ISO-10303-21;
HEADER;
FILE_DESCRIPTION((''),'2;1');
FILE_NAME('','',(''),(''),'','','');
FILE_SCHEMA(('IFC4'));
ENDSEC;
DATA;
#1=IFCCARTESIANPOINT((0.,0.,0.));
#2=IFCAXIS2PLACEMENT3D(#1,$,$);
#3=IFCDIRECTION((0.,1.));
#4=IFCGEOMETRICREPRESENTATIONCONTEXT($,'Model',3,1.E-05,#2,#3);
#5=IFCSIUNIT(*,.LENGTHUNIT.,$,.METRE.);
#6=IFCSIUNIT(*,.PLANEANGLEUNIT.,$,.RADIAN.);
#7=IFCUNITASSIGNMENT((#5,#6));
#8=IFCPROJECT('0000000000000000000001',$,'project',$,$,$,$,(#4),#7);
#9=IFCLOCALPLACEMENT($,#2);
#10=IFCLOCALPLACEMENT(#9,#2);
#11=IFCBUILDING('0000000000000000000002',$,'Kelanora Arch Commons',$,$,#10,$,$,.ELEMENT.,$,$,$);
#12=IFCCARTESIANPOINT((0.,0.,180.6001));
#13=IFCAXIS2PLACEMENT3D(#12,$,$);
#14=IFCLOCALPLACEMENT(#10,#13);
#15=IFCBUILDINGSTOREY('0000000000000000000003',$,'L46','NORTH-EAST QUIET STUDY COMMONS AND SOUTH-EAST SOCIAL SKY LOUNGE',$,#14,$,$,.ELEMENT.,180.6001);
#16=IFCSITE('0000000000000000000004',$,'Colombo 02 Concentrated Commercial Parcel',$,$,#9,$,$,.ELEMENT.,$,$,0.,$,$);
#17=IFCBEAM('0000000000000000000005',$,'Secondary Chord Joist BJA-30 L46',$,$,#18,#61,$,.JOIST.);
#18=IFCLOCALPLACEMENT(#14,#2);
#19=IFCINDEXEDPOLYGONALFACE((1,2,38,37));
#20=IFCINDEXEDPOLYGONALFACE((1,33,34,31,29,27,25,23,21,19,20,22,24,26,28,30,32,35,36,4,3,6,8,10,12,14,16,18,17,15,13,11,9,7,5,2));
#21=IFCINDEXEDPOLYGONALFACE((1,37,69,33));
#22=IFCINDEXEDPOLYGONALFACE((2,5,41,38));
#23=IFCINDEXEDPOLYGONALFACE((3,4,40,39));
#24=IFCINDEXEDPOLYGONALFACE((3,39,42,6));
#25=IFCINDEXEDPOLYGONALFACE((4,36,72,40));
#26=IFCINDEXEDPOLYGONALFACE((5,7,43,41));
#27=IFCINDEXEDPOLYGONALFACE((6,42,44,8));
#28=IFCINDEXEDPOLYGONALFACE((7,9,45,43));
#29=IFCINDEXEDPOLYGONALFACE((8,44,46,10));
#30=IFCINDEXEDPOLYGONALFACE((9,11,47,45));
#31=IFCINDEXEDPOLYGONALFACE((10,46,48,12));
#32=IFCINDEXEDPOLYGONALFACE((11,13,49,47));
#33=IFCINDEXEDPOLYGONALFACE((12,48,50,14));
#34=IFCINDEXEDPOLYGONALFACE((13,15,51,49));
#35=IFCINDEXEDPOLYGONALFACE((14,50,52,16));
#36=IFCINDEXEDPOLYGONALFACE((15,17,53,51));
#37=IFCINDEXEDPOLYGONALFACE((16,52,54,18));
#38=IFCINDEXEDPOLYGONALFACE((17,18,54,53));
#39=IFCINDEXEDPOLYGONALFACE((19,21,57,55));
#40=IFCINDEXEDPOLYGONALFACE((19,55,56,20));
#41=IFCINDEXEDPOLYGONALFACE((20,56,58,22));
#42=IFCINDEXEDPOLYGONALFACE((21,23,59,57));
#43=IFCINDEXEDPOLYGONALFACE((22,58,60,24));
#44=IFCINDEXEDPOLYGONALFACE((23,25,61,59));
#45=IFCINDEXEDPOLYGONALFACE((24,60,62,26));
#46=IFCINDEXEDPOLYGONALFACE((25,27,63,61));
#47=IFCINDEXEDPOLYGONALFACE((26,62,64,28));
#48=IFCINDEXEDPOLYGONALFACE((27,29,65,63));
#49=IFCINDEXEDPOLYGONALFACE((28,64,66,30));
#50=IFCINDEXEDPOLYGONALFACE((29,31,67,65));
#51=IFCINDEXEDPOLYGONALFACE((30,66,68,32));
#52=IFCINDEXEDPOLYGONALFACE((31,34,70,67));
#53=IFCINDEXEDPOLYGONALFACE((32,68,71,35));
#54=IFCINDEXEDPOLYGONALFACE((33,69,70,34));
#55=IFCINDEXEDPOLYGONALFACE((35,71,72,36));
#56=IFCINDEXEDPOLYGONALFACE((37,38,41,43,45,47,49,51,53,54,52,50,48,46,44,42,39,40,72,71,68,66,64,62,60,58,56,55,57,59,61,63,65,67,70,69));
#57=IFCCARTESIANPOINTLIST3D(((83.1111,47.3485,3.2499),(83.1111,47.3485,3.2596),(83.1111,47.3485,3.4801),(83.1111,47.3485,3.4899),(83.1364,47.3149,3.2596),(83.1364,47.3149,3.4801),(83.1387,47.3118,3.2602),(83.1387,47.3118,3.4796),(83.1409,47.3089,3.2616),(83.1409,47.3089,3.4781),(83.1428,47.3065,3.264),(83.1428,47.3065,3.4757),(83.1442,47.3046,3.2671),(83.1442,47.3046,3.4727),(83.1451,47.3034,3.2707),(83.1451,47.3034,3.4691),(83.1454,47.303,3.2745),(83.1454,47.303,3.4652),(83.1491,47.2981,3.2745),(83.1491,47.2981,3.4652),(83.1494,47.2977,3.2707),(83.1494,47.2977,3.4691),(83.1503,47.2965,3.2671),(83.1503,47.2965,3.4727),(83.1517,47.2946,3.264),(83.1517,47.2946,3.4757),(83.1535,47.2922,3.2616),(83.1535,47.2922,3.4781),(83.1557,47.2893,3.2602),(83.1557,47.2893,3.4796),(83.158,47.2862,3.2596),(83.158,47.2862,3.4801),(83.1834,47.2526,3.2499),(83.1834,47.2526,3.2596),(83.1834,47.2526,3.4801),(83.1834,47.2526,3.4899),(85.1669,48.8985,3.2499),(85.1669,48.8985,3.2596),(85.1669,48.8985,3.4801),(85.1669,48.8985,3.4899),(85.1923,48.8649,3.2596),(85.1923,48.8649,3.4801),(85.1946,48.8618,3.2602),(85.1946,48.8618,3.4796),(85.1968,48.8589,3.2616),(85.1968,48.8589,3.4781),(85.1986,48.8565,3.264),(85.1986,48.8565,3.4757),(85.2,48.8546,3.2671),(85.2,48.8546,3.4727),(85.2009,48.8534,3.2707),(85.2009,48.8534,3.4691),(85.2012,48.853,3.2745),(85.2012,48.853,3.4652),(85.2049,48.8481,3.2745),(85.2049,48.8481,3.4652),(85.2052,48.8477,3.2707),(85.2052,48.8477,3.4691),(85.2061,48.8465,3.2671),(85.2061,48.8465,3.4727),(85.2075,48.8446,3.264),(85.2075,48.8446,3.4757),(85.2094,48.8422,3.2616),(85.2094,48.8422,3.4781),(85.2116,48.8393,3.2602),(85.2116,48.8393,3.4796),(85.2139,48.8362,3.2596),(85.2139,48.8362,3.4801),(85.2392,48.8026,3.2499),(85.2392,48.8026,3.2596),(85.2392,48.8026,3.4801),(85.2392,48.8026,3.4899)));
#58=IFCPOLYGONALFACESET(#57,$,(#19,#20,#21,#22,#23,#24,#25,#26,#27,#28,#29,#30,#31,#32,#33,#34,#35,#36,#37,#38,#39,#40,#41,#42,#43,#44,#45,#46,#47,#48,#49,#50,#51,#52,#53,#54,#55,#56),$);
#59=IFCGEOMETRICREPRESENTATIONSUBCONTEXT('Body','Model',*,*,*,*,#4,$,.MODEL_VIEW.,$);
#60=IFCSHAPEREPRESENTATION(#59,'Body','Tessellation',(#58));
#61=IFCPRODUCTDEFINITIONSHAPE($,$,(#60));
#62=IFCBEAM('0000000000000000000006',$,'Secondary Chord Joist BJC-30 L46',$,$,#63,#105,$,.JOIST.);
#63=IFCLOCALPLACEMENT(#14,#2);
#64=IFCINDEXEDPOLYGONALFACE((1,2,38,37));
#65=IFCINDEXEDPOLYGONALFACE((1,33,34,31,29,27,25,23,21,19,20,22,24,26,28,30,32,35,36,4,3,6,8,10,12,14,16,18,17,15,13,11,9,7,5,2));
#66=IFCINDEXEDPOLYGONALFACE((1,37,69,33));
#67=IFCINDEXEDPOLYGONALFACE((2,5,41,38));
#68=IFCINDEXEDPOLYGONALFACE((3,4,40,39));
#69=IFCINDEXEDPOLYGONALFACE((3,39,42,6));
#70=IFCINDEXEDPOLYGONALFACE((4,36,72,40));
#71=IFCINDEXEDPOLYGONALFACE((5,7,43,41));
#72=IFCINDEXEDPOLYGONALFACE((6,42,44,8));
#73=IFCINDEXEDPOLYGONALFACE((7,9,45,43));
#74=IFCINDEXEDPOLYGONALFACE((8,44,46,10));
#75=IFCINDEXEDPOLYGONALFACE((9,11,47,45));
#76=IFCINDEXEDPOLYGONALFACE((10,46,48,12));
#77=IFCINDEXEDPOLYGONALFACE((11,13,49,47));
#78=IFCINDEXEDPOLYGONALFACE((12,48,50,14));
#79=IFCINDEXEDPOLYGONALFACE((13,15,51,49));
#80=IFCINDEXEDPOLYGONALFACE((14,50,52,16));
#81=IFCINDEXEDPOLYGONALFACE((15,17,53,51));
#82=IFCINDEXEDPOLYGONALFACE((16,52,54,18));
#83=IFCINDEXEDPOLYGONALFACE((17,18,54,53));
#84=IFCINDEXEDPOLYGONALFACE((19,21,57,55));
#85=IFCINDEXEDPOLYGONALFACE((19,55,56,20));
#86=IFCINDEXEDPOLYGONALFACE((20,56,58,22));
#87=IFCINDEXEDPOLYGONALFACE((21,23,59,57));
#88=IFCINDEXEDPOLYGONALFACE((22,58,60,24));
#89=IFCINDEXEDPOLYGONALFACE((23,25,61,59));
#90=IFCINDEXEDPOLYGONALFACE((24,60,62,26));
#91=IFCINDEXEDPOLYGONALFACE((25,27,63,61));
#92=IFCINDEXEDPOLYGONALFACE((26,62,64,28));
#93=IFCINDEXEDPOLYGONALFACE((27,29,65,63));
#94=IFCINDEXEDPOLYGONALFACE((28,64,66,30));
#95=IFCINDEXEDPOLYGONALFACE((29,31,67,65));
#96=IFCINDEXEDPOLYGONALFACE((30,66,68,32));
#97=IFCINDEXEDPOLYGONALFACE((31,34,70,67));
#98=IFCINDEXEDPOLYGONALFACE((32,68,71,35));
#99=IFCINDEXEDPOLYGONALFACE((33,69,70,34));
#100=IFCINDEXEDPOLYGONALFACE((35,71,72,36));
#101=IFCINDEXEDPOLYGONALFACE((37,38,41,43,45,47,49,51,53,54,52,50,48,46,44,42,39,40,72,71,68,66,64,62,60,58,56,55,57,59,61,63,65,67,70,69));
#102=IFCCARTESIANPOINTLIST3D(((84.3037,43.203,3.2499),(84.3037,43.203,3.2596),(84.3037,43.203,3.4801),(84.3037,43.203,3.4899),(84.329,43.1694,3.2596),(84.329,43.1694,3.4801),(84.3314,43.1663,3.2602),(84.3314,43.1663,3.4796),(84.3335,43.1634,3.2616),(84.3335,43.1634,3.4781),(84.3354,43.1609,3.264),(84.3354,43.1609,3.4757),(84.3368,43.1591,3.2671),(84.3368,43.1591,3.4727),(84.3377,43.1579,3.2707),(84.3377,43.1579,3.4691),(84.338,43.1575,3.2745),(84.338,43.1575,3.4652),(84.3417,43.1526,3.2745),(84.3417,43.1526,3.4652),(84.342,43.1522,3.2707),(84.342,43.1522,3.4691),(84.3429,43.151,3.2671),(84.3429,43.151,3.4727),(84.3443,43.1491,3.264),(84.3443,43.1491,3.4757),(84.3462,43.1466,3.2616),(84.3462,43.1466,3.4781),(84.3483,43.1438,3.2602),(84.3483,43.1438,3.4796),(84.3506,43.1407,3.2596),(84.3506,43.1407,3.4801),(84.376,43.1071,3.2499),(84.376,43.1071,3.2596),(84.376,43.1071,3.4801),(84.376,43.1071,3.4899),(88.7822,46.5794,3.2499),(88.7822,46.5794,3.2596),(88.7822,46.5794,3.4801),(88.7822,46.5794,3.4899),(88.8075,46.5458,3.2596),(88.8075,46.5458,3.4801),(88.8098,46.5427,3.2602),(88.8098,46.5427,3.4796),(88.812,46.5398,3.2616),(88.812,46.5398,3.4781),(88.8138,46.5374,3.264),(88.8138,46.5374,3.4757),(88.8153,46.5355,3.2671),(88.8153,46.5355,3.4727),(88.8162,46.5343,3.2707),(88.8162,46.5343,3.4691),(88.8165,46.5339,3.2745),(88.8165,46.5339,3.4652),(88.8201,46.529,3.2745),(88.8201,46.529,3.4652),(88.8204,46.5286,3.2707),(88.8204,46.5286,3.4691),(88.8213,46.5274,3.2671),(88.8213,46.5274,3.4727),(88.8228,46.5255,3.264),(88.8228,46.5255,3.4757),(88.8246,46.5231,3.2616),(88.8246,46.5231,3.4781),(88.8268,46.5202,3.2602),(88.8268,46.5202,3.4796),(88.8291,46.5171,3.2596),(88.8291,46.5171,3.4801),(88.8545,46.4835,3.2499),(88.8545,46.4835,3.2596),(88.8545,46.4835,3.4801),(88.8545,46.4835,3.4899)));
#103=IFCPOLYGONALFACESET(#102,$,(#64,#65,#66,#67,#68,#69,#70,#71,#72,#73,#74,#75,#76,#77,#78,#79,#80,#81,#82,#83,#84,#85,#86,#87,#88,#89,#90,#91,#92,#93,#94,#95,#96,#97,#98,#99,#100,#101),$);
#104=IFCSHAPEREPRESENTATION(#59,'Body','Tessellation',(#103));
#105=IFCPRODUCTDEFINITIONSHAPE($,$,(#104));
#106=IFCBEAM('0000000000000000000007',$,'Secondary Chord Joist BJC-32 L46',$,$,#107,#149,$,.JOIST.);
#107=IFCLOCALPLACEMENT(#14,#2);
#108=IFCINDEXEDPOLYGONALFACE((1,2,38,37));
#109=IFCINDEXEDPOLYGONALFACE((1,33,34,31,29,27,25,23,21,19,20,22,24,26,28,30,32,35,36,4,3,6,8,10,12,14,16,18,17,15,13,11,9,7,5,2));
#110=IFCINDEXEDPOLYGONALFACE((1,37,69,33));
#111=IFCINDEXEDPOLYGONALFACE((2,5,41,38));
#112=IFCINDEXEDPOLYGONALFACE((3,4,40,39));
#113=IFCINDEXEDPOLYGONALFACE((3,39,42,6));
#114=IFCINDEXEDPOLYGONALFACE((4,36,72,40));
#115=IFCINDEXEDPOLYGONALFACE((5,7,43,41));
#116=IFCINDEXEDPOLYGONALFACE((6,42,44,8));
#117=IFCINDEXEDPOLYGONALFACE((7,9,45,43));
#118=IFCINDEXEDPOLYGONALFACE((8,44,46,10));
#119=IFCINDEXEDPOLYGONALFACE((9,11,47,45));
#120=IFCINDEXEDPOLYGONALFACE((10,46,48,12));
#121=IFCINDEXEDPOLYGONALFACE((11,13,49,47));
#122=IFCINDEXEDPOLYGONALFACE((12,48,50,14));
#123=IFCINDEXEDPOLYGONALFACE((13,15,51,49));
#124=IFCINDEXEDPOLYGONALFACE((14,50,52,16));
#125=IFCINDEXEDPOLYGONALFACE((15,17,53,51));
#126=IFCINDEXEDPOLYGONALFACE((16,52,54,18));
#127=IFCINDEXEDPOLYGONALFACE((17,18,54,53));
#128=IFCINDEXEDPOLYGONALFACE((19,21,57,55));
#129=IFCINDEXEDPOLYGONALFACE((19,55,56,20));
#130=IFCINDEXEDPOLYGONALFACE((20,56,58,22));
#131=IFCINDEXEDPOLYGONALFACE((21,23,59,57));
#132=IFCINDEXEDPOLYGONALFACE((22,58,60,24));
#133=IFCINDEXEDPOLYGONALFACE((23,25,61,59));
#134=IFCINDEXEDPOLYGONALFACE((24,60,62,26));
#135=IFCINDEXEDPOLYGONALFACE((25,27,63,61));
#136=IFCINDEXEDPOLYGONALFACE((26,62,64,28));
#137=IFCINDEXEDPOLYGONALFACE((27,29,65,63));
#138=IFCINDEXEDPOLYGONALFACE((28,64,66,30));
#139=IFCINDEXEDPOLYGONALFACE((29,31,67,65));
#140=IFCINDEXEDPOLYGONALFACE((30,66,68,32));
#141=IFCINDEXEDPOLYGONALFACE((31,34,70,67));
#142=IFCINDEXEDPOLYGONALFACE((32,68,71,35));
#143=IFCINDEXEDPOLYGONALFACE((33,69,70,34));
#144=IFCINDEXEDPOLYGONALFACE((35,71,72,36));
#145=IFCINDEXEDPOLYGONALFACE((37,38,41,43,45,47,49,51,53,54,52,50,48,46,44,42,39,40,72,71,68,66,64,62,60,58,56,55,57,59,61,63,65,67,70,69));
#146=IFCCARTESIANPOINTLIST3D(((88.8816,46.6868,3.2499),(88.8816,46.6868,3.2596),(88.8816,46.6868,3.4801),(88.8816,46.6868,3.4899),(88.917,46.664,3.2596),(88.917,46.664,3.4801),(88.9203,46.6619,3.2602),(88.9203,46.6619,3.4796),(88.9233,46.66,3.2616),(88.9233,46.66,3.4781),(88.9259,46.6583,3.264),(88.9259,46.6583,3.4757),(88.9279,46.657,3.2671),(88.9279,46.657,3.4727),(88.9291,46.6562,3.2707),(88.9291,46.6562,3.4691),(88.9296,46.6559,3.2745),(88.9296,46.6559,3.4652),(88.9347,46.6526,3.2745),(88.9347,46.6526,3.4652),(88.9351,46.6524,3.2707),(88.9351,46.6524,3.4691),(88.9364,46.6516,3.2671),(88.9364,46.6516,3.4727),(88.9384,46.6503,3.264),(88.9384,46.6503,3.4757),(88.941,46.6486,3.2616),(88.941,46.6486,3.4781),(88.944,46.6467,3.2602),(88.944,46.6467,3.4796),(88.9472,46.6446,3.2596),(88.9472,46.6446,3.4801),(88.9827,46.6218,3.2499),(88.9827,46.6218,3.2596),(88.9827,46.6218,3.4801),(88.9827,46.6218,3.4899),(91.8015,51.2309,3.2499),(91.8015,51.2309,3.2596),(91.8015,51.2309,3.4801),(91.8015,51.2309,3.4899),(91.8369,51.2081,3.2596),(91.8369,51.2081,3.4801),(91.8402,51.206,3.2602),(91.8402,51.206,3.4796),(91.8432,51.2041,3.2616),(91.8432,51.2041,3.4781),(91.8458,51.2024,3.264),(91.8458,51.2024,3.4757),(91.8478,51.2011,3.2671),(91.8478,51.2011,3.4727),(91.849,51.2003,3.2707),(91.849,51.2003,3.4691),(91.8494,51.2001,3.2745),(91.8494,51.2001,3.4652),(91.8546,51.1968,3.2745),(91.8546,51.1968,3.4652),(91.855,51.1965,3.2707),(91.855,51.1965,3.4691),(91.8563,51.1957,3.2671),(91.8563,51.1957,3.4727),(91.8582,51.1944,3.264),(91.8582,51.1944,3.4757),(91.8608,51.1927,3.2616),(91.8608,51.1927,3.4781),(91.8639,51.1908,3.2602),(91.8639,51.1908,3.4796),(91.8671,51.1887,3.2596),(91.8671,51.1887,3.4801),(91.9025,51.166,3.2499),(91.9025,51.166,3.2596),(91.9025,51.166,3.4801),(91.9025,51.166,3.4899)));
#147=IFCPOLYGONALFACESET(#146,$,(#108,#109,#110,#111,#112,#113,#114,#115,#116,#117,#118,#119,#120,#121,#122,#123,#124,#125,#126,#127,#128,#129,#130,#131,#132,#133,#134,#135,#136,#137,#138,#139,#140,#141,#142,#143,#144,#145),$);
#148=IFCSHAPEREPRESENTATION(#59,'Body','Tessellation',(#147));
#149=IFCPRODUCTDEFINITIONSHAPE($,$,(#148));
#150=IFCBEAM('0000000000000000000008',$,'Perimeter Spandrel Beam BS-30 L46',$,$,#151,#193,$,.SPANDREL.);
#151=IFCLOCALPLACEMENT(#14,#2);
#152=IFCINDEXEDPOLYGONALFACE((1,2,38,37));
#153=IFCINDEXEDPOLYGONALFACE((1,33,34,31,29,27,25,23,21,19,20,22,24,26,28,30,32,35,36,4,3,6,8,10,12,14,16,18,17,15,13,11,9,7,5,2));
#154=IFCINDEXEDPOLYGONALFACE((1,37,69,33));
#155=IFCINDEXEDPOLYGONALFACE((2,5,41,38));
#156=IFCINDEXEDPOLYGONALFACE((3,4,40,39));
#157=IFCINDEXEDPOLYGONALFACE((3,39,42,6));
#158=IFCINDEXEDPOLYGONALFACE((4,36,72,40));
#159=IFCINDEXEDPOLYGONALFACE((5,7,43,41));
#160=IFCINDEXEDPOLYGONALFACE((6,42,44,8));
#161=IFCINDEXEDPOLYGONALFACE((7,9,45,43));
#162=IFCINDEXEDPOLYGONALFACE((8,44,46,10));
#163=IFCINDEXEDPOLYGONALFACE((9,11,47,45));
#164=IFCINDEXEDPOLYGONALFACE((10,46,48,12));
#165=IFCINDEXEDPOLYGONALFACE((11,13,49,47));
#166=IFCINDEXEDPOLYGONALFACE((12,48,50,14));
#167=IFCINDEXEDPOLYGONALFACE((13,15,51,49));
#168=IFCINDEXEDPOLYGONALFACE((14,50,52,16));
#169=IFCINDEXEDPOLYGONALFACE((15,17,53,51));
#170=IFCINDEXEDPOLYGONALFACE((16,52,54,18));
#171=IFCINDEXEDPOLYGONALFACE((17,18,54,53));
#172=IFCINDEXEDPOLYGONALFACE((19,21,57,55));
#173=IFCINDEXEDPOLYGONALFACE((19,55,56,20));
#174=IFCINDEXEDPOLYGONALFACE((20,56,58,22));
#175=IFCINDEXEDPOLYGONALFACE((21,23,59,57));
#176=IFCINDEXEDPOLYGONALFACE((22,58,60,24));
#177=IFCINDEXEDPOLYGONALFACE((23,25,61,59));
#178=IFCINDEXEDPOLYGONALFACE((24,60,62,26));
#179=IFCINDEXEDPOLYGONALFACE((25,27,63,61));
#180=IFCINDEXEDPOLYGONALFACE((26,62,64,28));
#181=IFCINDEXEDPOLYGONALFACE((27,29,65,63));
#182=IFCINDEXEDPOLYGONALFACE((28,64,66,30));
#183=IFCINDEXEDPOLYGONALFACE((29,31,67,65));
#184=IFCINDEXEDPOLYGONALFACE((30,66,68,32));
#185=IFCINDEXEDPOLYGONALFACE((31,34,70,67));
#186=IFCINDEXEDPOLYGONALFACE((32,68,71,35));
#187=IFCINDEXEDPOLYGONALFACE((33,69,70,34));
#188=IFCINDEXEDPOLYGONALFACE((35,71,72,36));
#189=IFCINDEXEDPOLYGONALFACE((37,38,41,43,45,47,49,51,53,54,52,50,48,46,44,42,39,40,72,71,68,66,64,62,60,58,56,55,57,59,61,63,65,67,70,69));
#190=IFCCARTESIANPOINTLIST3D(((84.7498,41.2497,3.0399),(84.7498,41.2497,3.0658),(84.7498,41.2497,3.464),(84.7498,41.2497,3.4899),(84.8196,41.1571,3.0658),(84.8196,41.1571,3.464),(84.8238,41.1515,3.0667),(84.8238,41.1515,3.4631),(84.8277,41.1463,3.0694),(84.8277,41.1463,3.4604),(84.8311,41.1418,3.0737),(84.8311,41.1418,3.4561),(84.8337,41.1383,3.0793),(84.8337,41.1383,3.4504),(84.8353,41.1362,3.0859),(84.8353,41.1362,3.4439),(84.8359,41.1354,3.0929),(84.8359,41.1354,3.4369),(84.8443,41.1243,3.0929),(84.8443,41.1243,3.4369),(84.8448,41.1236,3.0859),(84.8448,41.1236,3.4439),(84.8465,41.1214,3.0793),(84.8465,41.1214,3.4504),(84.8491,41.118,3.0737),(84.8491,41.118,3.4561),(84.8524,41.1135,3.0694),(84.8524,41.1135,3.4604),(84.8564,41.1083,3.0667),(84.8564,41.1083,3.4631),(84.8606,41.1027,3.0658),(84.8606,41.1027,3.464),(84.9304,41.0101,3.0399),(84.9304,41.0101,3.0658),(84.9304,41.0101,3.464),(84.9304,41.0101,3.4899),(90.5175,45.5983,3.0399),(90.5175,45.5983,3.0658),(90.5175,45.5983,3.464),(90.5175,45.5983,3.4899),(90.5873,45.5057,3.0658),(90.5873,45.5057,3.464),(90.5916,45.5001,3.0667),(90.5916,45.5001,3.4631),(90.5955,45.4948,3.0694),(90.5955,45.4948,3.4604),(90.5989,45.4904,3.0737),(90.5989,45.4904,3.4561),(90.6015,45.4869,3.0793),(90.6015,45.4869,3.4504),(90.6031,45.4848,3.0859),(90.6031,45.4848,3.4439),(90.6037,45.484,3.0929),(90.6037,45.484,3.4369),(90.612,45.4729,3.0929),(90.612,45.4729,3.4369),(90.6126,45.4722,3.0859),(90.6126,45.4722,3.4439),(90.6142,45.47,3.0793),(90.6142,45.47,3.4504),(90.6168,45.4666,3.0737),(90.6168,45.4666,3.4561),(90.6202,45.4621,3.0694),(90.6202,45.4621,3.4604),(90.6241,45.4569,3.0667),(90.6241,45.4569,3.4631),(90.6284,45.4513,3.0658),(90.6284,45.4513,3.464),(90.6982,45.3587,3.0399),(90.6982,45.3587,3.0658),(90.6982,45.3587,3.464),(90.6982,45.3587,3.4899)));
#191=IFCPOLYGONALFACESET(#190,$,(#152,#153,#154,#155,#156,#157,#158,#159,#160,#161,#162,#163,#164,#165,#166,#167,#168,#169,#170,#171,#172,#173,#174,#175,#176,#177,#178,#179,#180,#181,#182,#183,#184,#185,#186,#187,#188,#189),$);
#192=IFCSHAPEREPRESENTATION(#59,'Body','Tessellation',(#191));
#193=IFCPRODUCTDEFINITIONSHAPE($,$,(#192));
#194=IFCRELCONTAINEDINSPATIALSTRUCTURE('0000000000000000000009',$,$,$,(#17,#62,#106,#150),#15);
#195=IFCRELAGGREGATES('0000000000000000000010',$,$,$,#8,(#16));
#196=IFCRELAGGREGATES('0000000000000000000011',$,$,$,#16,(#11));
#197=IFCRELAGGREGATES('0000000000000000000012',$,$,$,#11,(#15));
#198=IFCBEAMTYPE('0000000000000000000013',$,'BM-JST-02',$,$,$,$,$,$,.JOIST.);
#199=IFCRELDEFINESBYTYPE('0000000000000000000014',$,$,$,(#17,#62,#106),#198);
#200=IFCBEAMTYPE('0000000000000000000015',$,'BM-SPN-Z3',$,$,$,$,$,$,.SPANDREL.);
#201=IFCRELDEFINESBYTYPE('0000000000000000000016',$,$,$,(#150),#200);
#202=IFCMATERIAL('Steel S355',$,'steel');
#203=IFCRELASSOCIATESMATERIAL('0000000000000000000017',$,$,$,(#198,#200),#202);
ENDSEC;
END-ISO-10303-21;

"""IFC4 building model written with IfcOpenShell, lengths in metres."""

from ifc_helpers import new_model, si_unit, direction, frame, origin, origin_2d, place, context, subcontext, project, spatial, i_section, extrude, material, material_profile, profile_set, type_object, element, save


model = new_model("IFC4")

# Units and contexts
model_context = context("Model", 3, precision=1e-05, world=origin(), true_north=direction((0.0, 1.0)))
body_context = subcontext(model_context, "Body", "Model", "MODEL_VIEW")
ifc_project = project(units=[si_unit("LENGTHUNIT", "METRE"), si_unit("PLANEANGLEUNIT", "RADIAN")], contexts=[model_context])

# Site, building, storey
site_placement = place(None, origin())
site = spatial("IfcSite", under=ifc_project, at=site_placement, Name="Colombo 02 Concentrated Commercial Parcel", CompositionType="ELEMENT", RefElevation=0.0)
building_placement = place(site_placement, origin())
building = spatial("IfcBuilding", under=site, at=building_placement, Name="Kelanora Arch Commons", CompositionType="ELEMENT")
storey_placement = place(building_placement, frame((0.0, 0.0, 180.6001)))
storey = spatial("IfcBuildingStorey", under=building, at=storey_placement, Name="L46", Description="NORTH-EAST QUIET STUDY COMMONS AND SOUTH-EAST SOCIAL SKY LOUNGE", CompositionType="ELEMENT", Elevation=180.6001)

# Beams
ifc_material_1 = material(Name="Steel S355", Category="steel")
ifc_material_profile_1 = material_profile(ifc_material_1, i_section(OverallWidth=0.1201, OverallDepth=0.24, WebThickness=0.0061, FlangeThickness=0.0098, FilletRadius=0.0149, at=origin_2d()), Name="IPE240")
ifc_profile_set_1 = profile_set([ifc_material_profile_1], Name="Steel S355")
beam_type_1 = type_object("IfcBeamType", Name="BM-JST-02", PredefinedType="JOIST", material=ifc_profile_set_1)
beam_1_placement = place(storey_placement, frame((83.1472, 47.3005, 3.3699), z_axis=(0.798484, 0.602016, 0.0), x_axis=(-0.602016, 0.798484, 0.0)))
element("IfcBeam", 1, at=beam_1_placement, inside=storey, type_object=beam_type_1, Name="Secondary Chord Joist BJA-30 L46", PredefinedType="JOIST", context=body_context, shape_type="SweptSolid", body=[
    extrude(i_section(OverallWidth=0.1201, OverallDepth=0.24, WebThickness=0.0061, FlangeThickness=0.0098, FilletRadius=0.0149, at=origin_2d()), origin(), (0.0, 0.0, 1.0), 2.5747),
])
beam_2_placement = place(storey_placement, frame((84.3398, 43.155, 3.3699), z_axis=(0.798493, 0.602004, 0.0), x_axis=(-0.602004, 0.798493, 0.0)))
element("IfcBeam", 2, at=beam_2_placement, inside=storey, type_object=beam_type_1, Name="Secondary Chord Joist BJC-30 L46", PredefinedType="JOIST", context=body_context, shape_type="SweptSolid", body=[
    extrude(i_section(OverallWidth=0.1201, OverallDepth=0.24, WebThickness=0.0061, FlangeThickness=0.0098, FilletRadius=0.0149, at=origin_2d()), origin(), (0.0, 0.0, 1.0), 5.6086),
])
beam_3_placement = place(storey_placement, frame((88.9321, 46.6543, 3.3699), z_axis=(0.540582, 0.841292, 0.0), x_axis=(-0.841292, 0.540582, 0.0)))
element("IfcBeam", 3, at=beam_3_placement, inside=storey, type_object=beam_type_1, Name="Secondary Chord Joist BJC-32 L46", PredefinedType="JOIST", context=body_context, shape_type="SweptSolid", body=[
    extrude(i_section(OverallWidth=0.1201, OverallDepth=0.24, WebThickness=0.0061, FlangeThickness=0.0098, FilletRadius=0.0149, at=origin_2d()), origin(), (0.0, 0.0, 1.0), 5.4014),
])
ifc_material_profile_2 = material_profile(ifc_material_1, i_section(OverallWidth=0.3, OverallDepth=0.45, WebThickness=0.0139, FlangeThickness=0.0259, FilletRadius=0.0271, at=origin_2d()), Name="HEB450")
ifc_profile_set_2 = profile_set([ifc_material_profile_2], Name="Steel S355")
beam_type_2 = type_object("IfcBeamType", Name="BM-SPN-Z3", PredefinedType="SPANDREL", material=ifc_profile_set_2)
beam_4_placement = place(storey_placement, frame((84.8401, 41.1299, 3.2649), z_axis=(0.798485, 0.602015, 0.0), x_axis=(-0.602015, 0.798485, 0.0)))
element("IfcBeam", 4, at=beam_4_placement, inside=storey, type_object=beam_type_2, Name="Perimeter Spandrel Beam BS-30 L46", PredefinedType="SPANDREL", context=body_context, shape_type="SweptSolid", body=[
    extrude(i_section(OverallWidth=0.3, OverallDepth=0.45, WebThickness=0.0139, FlangeThickness=0.0259, FilletRadius=0.0271, at=origin_2d()), origin(), (0.0, 0.0, 1.0), 7.2234),
])

save(model, "model.ifc")
